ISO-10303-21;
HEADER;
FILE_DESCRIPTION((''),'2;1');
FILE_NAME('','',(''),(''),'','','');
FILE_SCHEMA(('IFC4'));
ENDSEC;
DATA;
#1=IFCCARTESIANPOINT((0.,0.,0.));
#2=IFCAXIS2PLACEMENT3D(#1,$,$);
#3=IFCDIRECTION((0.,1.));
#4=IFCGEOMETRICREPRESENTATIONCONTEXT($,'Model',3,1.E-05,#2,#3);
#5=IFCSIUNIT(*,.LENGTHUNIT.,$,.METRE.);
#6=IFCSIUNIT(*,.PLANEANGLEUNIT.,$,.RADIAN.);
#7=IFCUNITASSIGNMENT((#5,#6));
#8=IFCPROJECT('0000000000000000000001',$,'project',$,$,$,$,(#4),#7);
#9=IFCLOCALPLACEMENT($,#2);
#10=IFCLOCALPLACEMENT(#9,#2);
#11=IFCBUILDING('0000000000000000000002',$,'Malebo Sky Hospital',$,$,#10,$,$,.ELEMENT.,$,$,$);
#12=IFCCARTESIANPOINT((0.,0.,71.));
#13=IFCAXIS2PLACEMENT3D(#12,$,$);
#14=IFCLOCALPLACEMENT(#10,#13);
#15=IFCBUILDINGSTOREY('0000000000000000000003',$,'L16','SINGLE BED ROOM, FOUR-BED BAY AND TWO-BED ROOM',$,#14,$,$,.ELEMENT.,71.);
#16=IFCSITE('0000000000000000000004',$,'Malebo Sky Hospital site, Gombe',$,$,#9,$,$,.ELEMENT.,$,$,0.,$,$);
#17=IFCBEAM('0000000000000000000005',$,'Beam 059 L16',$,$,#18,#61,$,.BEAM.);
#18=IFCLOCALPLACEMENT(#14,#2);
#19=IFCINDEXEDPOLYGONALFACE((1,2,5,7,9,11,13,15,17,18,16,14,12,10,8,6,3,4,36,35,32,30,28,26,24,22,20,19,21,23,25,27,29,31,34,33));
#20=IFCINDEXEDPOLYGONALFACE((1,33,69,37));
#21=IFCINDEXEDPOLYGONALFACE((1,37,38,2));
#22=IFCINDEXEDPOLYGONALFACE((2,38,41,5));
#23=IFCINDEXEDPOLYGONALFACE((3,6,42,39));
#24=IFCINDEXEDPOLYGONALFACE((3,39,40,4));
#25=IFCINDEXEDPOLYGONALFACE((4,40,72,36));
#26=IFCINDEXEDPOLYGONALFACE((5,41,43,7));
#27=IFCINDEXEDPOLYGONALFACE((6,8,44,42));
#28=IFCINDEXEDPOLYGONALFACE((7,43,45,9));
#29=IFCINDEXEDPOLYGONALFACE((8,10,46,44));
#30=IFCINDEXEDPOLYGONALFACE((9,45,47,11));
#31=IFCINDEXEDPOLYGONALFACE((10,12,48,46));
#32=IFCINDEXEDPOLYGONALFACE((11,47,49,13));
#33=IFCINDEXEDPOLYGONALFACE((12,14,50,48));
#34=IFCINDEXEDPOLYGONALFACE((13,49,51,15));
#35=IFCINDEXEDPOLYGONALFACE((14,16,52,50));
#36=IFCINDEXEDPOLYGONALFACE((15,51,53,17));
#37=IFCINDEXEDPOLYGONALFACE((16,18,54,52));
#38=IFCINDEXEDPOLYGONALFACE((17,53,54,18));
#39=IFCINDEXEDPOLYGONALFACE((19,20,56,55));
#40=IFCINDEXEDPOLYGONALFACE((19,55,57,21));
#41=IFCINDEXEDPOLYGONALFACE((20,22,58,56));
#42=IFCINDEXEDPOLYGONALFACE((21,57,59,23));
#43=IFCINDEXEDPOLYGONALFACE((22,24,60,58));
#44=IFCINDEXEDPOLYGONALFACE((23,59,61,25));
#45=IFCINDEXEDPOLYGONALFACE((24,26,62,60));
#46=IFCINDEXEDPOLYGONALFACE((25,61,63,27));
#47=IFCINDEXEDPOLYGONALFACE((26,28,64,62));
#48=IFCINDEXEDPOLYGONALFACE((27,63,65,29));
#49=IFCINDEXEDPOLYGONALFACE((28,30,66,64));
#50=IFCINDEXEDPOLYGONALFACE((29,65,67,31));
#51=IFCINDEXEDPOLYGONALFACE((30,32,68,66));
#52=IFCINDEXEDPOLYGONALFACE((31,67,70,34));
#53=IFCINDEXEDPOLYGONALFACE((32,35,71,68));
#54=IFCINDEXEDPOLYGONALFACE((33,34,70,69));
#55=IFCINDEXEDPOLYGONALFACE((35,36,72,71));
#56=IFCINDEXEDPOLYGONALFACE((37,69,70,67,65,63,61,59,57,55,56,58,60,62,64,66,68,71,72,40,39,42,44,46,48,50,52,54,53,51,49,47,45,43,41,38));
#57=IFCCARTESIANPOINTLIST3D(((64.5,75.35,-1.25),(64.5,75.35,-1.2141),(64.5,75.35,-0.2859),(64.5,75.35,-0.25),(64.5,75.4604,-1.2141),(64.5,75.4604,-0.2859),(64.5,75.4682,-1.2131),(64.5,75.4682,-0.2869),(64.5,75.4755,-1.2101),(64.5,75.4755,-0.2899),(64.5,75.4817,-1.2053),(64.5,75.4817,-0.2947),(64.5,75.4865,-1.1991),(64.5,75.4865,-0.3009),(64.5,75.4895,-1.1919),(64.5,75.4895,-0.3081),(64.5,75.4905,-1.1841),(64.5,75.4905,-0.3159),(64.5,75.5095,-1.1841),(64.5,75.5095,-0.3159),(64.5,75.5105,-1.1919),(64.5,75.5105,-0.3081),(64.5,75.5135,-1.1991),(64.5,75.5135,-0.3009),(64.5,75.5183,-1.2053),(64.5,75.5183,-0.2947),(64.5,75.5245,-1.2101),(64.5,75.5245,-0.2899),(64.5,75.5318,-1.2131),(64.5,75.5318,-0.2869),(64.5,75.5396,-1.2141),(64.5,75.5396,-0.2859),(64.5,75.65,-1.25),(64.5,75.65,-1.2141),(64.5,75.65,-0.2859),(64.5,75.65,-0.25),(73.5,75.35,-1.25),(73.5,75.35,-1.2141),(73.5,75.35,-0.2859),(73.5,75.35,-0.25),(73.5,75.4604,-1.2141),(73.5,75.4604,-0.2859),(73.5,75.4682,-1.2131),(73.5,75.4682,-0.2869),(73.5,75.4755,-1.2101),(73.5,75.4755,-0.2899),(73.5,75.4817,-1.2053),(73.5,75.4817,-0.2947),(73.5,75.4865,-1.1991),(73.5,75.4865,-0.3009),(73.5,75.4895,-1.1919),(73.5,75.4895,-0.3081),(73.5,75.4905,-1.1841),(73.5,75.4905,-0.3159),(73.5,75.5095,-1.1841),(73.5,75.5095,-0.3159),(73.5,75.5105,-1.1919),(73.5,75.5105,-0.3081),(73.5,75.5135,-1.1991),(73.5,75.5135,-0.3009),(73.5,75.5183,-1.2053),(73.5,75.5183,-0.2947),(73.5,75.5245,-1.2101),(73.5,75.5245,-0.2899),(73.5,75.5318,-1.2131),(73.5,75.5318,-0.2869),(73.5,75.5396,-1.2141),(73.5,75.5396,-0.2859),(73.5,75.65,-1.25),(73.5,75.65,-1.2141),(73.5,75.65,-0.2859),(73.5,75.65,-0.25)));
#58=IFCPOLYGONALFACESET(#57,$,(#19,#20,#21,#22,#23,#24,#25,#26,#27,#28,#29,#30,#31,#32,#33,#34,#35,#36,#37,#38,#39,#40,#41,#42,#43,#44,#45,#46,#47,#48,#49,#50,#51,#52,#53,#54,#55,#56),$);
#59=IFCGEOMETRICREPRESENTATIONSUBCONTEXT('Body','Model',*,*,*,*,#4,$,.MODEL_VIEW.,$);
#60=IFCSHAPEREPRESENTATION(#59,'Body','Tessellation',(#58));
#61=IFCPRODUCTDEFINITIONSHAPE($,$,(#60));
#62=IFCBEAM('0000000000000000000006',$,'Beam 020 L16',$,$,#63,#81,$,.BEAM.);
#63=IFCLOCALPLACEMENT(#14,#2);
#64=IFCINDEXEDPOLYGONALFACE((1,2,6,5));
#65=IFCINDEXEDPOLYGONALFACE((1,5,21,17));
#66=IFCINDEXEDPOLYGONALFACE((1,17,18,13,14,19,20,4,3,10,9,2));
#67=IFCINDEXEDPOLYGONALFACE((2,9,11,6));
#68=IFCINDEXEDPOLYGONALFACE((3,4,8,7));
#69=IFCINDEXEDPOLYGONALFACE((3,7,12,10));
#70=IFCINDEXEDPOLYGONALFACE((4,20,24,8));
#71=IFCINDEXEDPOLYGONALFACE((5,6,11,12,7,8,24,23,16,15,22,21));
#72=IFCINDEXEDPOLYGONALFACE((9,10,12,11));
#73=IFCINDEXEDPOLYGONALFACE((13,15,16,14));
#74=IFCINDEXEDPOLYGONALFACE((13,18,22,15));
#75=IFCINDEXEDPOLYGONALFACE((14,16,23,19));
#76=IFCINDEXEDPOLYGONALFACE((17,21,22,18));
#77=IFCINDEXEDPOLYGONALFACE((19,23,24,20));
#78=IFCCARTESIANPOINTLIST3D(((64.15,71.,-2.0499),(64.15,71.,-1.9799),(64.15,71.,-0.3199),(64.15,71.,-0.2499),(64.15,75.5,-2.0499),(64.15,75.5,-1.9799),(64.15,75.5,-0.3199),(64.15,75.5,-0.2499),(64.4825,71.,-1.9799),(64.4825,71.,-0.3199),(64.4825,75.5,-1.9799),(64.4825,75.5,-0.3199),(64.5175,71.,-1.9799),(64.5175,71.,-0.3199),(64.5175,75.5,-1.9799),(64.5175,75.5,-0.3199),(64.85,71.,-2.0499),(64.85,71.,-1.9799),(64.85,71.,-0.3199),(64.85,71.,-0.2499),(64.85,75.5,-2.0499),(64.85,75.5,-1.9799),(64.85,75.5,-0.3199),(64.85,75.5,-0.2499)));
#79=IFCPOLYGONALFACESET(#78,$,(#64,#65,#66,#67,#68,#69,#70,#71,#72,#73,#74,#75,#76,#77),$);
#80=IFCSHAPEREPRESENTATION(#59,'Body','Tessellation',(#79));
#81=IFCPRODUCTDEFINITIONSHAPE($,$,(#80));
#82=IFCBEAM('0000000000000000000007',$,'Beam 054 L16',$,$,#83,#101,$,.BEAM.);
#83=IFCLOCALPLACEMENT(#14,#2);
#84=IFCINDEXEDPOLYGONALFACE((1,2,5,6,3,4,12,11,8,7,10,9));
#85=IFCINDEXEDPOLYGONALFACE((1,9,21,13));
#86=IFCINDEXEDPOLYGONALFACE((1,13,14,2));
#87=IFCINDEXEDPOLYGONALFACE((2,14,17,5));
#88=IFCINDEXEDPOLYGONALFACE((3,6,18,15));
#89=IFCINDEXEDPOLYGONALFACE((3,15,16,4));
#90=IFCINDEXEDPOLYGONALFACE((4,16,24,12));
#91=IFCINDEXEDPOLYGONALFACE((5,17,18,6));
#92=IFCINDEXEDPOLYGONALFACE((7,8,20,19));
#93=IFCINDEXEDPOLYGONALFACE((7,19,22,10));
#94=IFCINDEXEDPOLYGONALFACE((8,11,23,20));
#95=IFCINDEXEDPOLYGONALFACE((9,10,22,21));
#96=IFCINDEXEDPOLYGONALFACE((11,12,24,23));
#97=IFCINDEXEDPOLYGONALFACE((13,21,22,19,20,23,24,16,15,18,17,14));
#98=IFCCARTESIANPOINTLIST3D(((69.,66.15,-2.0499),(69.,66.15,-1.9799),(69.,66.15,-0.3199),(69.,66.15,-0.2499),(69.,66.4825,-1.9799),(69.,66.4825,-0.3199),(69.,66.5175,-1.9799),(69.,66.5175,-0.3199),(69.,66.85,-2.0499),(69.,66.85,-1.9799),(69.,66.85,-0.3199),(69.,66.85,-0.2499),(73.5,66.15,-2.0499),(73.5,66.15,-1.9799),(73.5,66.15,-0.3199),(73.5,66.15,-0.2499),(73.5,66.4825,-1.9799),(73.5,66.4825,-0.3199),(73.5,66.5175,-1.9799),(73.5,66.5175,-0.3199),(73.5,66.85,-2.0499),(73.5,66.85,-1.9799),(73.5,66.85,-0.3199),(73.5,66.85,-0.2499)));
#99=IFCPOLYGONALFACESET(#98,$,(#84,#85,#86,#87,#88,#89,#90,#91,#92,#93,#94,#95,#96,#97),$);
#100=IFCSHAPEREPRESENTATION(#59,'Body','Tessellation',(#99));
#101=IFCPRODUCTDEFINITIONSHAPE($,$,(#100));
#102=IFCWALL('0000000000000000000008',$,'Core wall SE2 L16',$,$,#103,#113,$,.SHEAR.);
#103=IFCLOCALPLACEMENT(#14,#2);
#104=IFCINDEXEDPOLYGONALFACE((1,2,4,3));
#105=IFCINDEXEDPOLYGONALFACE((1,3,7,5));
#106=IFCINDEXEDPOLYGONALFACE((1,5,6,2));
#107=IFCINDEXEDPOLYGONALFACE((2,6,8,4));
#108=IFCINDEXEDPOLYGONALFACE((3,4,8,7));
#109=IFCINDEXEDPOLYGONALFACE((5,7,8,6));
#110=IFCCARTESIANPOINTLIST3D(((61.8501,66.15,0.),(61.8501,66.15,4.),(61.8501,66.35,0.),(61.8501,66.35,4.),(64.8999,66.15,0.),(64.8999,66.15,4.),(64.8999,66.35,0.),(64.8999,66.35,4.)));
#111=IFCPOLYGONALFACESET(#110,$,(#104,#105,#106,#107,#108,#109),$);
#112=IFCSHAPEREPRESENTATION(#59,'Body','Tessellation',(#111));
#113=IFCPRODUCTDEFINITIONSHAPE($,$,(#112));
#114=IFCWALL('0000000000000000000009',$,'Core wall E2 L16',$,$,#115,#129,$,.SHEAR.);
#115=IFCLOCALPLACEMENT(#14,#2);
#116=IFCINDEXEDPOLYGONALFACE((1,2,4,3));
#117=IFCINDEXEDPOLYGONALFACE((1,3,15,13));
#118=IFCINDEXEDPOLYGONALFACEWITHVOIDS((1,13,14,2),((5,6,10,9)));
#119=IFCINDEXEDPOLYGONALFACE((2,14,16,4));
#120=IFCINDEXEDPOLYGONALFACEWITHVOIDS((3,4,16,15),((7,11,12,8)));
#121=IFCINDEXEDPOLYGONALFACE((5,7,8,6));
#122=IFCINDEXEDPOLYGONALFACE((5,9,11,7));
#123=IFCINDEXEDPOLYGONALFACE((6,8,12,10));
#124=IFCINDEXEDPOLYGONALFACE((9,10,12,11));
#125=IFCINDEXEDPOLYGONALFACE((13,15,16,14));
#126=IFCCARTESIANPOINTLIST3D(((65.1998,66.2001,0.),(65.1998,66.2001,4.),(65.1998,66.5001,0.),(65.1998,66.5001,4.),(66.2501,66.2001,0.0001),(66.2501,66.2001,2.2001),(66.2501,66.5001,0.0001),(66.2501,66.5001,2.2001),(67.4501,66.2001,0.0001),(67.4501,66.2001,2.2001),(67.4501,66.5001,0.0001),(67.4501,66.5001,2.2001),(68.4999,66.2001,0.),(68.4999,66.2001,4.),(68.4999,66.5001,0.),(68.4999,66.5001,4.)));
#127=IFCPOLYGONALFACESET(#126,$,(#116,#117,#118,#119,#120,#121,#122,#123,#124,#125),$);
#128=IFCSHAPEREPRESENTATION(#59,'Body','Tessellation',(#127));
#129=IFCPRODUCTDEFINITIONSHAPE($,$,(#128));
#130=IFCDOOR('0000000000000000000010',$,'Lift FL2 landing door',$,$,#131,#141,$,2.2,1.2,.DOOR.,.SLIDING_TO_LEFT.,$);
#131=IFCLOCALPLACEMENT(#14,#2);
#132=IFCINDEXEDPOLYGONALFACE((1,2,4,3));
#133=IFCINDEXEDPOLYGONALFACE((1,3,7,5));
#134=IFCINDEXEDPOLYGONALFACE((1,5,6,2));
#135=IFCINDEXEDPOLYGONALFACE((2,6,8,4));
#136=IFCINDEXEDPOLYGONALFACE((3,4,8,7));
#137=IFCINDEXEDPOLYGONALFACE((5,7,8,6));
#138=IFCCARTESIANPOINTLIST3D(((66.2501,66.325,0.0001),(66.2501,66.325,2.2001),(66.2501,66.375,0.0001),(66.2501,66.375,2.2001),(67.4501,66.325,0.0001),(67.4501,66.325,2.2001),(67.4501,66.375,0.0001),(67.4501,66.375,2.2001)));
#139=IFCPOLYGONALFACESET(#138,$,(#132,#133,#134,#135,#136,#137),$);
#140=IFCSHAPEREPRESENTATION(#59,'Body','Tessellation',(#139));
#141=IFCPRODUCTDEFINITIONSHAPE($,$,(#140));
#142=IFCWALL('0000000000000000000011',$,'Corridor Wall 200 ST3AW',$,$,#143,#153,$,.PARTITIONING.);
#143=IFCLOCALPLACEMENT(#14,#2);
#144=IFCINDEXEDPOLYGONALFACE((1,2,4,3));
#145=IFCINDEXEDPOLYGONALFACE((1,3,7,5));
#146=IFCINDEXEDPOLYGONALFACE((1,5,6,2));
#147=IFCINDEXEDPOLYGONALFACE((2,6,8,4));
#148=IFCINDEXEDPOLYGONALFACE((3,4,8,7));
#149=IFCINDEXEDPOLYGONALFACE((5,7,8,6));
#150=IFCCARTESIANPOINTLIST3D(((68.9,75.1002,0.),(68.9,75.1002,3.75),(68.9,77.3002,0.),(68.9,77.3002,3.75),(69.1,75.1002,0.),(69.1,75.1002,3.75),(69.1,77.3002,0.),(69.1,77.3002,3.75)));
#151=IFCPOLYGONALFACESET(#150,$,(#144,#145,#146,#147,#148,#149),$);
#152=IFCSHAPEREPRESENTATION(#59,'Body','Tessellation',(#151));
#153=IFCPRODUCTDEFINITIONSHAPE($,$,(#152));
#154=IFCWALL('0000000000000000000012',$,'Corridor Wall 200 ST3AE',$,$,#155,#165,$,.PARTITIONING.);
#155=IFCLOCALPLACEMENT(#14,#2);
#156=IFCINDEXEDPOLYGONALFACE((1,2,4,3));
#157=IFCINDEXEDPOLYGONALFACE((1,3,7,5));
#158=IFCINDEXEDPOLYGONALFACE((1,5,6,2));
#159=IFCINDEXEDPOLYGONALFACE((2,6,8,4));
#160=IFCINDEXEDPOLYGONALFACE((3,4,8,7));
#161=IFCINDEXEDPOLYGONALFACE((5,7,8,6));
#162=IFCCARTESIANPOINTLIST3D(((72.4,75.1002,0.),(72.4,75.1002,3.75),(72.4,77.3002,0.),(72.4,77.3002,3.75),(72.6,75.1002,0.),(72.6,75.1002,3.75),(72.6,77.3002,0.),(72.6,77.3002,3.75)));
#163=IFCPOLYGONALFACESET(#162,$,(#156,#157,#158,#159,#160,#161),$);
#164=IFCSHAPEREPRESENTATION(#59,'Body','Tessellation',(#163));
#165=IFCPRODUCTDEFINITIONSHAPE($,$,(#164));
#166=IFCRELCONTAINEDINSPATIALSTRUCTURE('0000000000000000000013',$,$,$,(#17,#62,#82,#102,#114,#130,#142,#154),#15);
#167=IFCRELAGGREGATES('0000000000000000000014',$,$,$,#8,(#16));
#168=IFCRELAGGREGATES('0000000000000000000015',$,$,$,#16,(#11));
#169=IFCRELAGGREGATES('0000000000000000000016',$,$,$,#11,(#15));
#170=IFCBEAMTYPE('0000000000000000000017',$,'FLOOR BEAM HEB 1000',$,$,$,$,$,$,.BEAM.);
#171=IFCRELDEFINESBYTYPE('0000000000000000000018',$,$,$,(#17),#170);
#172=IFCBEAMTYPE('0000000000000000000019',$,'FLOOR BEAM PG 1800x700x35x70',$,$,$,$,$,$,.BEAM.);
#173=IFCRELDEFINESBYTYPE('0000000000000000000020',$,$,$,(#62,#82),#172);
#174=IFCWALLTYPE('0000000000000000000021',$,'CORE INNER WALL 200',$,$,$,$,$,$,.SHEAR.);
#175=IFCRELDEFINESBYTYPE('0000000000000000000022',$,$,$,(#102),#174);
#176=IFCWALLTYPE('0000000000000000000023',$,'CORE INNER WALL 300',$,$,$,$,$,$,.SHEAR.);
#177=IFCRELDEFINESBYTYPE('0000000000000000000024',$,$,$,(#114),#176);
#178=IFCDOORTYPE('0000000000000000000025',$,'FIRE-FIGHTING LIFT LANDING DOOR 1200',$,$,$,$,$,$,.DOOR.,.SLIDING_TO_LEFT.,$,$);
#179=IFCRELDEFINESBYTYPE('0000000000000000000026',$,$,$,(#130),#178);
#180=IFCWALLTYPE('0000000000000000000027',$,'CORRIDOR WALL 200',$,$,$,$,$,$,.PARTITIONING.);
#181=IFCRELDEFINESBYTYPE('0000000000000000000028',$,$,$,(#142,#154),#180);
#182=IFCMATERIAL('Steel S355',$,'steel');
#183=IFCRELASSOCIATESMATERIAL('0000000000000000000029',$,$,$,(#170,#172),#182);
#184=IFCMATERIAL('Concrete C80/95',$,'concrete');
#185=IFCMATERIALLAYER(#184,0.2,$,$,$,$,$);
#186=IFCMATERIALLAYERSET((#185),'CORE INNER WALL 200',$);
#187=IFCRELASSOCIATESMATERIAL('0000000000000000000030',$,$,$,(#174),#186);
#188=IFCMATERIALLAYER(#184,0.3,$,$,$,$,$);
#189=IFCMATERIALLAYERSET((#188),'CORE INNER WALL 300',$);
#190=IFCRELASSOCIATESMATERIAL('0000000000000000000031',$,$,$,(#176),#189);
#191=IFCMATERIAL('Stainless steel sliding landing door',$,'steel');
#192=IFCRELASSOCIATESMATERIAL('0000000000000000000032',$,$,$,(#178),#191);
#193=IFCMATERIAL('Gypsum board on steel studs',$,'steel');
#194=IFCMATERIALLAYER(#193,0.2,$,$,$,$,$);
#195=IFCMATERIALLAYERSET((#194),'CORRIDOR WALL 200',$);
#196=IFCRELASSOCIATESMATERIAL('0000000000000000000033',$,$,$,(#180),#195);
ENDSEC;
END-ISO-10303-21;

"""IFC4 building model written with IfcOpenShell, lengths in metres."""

from ifc_helpers import new_model, si_unit, direction, frame, frame_2d, origin, origin_2d, place, context, subcontext, project, spatial, rectangle, i_section, extrude, material, layer, layer_set, material_profile, profile_set, type_object, element, fill, save


model = new_model("IFC4")

# Units and contexts
model_context = context("Model", 3, precision=1e-05, world=origin(), true_north=direction((0.0, 1.0)))
body_context = subcontext(model_context, "Body", "Model", "MODEL_VIEW")
ifc_project = project(units=[si_unit("LENGTHUNIT", "METRE"), si_unit("PLANEANGLEUNIT", "RADIAN")], contexts=[model_context])

# Site, building, storey
site_placement = place(None, origin())
site = spatial("IfcSite", under=ifc_project, at=site_placement, Name="Malebo Sky Hospital site, Gombe", CompositionType="ELEMENT", RefElevation=0.0)
building_placement = place(site_placement, origin())
building = spatial("IfcBuilding", under=site, at=building_placement, Name="Malebo Sky Hospital", CompositionType="ELEMENT")
storey_placement = place(building_placement, frame((0.0, 0.0, 71.0)))
storey = spatial("IfcBuildingStorey", under=building, at=storey_placement, Name="L16", Description="SINGLE BED ROOM, FOUR-BED BAY AND TWO-BED ROOM", CompositionType="ELEMENT", Elevation=71.0)

# Beams
ifc_material_1 = material(Name="Steel S355", Category="steel")
ifc_material_profile_1 = material_profile(ifc_material_1, i_section(OverallWidth=0.3, OverallDepth=1.0, WebThickness=0.019, FlangeThickness=0.0359, FilletRadius=0.03, at=origin_2d()), Name="HEB 1000")
ifc_profile_set_1 = profile_set([ifc_material_profile_1], Name="Steel S355")
beam_type_1 = type_object("IfcBeamType", Name="FLOOR BEAM HEB 1000", PredefinedType="BEAM", material=ifc_profile_set_1)
beam_1_placement = place(storey_placement, frame((64.5, 75.5, -0.75), z_axis=(1.0, 0.0, 0.0), x_axis=(0.0, 1.0, 0.0)))
element("IfcBeam", 1, at=beam_1_placement, inside=storey, type_object=beam_type_1, Name="Beam 059 L16", PredefinedType="BEAM", context=body_context, shape_type="SweptSolid", body=[
    extrude(i_section(OverallWidth=0.3, OverallDepth=1.0, WebThickness=0.019, FlangeThickness=0.0359, FilletRadius=0.03, at=origin_2d()), origin(), (0.0, 0.0, 1.0), 9.0),
])
ifc_material_profile_2 = material_profile(ifc_material_1, i_section(OverallWidth=0.7, OverallDepth=1.8, WebThickness=0.0349, FlangeThickness=0.0701, at=origin_2d()), Name="PG 1800x700x35x70")
ifc_profile_set_2 = profile_set([ifc_material_profile_2], Name="Steel S355")
beam_type_2 = type_object("IfcBeamType", Name="FLOOR BEAM PG 1800x700x35x70", PredefinedType="BEAM", material=ifc_profile_set_2)
for number, where, z_axis, x_axis, name in (
    (2, (64.5, 71.0, -1.1499), (0.0, 1.0, 0.0), (-1.0, 0.0, 0.0), "Beam 020 L16"),
    (3, (69.0, 66.5, -1.1499), (1.0, 0.0, 0.0), (0.0, 1.0, 0.0), "Beam 054 L16"),
):
    element("IfcBeam", number, at=place(storey_placement, frame(where, z_axis=z_axis, x_axis=x_axis)), inside=storey, type_object=beam_type_2, Name=name, PredefinedType="BEAM", context=body_context, shape_type="SweptSolid", body=[
        extrude(i_section(OverallWidth=0.7, OverallDepth=1.8, WebThickness=0.0349, FlangeThickness=0.0701, at=origin_2d()), origin(), (0.0, 0.0, 1.0), 4.5),
    ])

# Wall
ifc_material_2 = material(Name="Concrete C80/95", Category="concrete")
ifc_layer_1 = layer(ifc_material_2, 0.2)
ifc_layer_set_1 = layer_set([ifc_layer_1], Name="CORE INNER WALL 200")
wall_type_1 = type_object("IfcWallType", Name="CORE INNER WALL 200", PredefinedType="SHEAR", material=ifc_layer_set_1)
wall_1_placement = place(storey_placement, frame((61.8501, 66.25, 0.0), z_axis=(0.0, 0.0, 1.0), x_axis=(1.0, 0.0, 0.0)))
element("IfcWall", 4, at=wall_1_placement, inside=storey, type_object=wall_type_1, Name="Core wall SE2 L16", PredefinedType="SHEAR", context=body_context, shape_type="SweptSolid", body=[
    extrude(rectangle(XDim=3.0498, YDim=0.2, at=frame_2d((1.5249, 0.0))), origin(), (0.0, 0.0, 1.0), 4.0),
])

# Wall, opening, door
ifc_layer_2 = layer(ifc_material_2, 0.3)
ifc_layer_set_2 = layer_set([ifc_layer_2], Name="CORE INNER WALL 300")
wall_type_2 = type_object("IfcWallType", Name="CORE INNER WALL 300", PredefinedType="SHEAR", material=ifc_layer_set_2)
wall_2_placement = place(storey_placement, frame((65.2, 66.3501, 0.0), z_axis=(0.0, 0.0, 1.0), x_axis=(1.0, 0.0, 0.0)))
wall_2 = element("IfcWall", 5, at=wall_2_placement, inside=storey, type_object=wall_type_2, Name="Core wall E2 L16", PredefinedType="SHEAR", context=body_context, shape_type="SweptSolid", body=[
    extrude(rectangle(XDim=3.3, YDim=0.3, at=frame_2d((1.6499, 0.0))), origin(), (0.0, 0.0, 1.0), 4.0),
])
opening_1_placement = place(wall_2_placement, frame((1.05, 0.0, 0.0)))
opening_1 = element("IfcOpeningElement", 6, at=opening_1_placement, cuts=wall_2, PredefinedType="OPENING", context=body_context, shape_type="SweptSolid", body=[
    extrude(rectangle(XDim=1.2, YDim=2.2, at=frame_2d((0.6001, 1.1001))), frame((0.0, 0.1599, 0.0), z_axis=(0.0, -1.0, 0.0), x_axis=(1.0, 0.0, 0.0)), (0.0, 0.0, 1.0), 0.3201),
])
ifc_material_3 = material(Name="Stainless steel sliding landing door", Category="steel")
door_type_1 = type_object("IfcDoorType", Name="FIRE-FIGHTING LIFT LANDING DOOR 1200", OperationType="SLIDING_TO_LEFT", PredefinedType="DOOR", material=ifc_material_3)
door_1_placement = place(opening_1_placement, origin())
door_1 = element("IfcDoor", 7, at=door_1_placement, inside=storey, type_object=door_type_1, Name="Lift FL2 landing door", OperationType="SLIDING_TO_LEFT", OverallHeight=2.2, OverallWidth=1.2, PredefinedType="DOOR", context=body_context, shape_type="SweptSolid", body=[
    extrude(rectangle(XDim=1.2, YDim=2.2, at=frame_2d((0.6001, 1.1001))), frame((0.0, 0.0249, 0.0), z_axis=(0.0, -1.0, 0.0), x_axis=(1.0, 0.0, 0.0)), (0.0, 0.0, 1.0), 0.05),
])
fill(opening_1, door_1)

# Walls
ifc_material_4 = material(Name="Gypsum board on steel studs", Category="steel")
ifc_layer_3 = layer(ifc_material_4, 0.2)
ifc_layer_set_3 = layer_set([ifc_layer_3], Name="CORRIDOR WALL 200")
wall_type_3 = type_object("IfcWallType", Name="CORRIDOR WALL 200", PredefinedType="PARTITIONING", material=ifc_layer_set_3)
for number, where, z_axis, x_axis, name in (
    (8, (69.0, 75.1001, 0.0), (0.0, 0.0, 1.0), (0.0, 1.0, 0.0), "Corridor Wall 200 ST3AW"),
    (9, (72.5, 75.1001, 0.0), (0.0, 0.0, 1.0), (0.0, 1.0, 0.0), "Corridor Wall 200 ST3AE"),
):
    element("IfcWall", number, at=place(storey_placement, frame(where, z_axis=z_axis, x_axis=x_axis)), inside=storey, type_object=wall_type_3, Name=name, PredefinedType="PARTITIONING", context=body_context, shape_type="SweptSolid", body=[
        extrude(rectangle(XDim=2.2, YDim=0.2, at=frame_2d((1.1001, 0.0))), origin(), (0.0, 0.0, 1.0), 3.75),
    ])

save(model, "model.ifc")
